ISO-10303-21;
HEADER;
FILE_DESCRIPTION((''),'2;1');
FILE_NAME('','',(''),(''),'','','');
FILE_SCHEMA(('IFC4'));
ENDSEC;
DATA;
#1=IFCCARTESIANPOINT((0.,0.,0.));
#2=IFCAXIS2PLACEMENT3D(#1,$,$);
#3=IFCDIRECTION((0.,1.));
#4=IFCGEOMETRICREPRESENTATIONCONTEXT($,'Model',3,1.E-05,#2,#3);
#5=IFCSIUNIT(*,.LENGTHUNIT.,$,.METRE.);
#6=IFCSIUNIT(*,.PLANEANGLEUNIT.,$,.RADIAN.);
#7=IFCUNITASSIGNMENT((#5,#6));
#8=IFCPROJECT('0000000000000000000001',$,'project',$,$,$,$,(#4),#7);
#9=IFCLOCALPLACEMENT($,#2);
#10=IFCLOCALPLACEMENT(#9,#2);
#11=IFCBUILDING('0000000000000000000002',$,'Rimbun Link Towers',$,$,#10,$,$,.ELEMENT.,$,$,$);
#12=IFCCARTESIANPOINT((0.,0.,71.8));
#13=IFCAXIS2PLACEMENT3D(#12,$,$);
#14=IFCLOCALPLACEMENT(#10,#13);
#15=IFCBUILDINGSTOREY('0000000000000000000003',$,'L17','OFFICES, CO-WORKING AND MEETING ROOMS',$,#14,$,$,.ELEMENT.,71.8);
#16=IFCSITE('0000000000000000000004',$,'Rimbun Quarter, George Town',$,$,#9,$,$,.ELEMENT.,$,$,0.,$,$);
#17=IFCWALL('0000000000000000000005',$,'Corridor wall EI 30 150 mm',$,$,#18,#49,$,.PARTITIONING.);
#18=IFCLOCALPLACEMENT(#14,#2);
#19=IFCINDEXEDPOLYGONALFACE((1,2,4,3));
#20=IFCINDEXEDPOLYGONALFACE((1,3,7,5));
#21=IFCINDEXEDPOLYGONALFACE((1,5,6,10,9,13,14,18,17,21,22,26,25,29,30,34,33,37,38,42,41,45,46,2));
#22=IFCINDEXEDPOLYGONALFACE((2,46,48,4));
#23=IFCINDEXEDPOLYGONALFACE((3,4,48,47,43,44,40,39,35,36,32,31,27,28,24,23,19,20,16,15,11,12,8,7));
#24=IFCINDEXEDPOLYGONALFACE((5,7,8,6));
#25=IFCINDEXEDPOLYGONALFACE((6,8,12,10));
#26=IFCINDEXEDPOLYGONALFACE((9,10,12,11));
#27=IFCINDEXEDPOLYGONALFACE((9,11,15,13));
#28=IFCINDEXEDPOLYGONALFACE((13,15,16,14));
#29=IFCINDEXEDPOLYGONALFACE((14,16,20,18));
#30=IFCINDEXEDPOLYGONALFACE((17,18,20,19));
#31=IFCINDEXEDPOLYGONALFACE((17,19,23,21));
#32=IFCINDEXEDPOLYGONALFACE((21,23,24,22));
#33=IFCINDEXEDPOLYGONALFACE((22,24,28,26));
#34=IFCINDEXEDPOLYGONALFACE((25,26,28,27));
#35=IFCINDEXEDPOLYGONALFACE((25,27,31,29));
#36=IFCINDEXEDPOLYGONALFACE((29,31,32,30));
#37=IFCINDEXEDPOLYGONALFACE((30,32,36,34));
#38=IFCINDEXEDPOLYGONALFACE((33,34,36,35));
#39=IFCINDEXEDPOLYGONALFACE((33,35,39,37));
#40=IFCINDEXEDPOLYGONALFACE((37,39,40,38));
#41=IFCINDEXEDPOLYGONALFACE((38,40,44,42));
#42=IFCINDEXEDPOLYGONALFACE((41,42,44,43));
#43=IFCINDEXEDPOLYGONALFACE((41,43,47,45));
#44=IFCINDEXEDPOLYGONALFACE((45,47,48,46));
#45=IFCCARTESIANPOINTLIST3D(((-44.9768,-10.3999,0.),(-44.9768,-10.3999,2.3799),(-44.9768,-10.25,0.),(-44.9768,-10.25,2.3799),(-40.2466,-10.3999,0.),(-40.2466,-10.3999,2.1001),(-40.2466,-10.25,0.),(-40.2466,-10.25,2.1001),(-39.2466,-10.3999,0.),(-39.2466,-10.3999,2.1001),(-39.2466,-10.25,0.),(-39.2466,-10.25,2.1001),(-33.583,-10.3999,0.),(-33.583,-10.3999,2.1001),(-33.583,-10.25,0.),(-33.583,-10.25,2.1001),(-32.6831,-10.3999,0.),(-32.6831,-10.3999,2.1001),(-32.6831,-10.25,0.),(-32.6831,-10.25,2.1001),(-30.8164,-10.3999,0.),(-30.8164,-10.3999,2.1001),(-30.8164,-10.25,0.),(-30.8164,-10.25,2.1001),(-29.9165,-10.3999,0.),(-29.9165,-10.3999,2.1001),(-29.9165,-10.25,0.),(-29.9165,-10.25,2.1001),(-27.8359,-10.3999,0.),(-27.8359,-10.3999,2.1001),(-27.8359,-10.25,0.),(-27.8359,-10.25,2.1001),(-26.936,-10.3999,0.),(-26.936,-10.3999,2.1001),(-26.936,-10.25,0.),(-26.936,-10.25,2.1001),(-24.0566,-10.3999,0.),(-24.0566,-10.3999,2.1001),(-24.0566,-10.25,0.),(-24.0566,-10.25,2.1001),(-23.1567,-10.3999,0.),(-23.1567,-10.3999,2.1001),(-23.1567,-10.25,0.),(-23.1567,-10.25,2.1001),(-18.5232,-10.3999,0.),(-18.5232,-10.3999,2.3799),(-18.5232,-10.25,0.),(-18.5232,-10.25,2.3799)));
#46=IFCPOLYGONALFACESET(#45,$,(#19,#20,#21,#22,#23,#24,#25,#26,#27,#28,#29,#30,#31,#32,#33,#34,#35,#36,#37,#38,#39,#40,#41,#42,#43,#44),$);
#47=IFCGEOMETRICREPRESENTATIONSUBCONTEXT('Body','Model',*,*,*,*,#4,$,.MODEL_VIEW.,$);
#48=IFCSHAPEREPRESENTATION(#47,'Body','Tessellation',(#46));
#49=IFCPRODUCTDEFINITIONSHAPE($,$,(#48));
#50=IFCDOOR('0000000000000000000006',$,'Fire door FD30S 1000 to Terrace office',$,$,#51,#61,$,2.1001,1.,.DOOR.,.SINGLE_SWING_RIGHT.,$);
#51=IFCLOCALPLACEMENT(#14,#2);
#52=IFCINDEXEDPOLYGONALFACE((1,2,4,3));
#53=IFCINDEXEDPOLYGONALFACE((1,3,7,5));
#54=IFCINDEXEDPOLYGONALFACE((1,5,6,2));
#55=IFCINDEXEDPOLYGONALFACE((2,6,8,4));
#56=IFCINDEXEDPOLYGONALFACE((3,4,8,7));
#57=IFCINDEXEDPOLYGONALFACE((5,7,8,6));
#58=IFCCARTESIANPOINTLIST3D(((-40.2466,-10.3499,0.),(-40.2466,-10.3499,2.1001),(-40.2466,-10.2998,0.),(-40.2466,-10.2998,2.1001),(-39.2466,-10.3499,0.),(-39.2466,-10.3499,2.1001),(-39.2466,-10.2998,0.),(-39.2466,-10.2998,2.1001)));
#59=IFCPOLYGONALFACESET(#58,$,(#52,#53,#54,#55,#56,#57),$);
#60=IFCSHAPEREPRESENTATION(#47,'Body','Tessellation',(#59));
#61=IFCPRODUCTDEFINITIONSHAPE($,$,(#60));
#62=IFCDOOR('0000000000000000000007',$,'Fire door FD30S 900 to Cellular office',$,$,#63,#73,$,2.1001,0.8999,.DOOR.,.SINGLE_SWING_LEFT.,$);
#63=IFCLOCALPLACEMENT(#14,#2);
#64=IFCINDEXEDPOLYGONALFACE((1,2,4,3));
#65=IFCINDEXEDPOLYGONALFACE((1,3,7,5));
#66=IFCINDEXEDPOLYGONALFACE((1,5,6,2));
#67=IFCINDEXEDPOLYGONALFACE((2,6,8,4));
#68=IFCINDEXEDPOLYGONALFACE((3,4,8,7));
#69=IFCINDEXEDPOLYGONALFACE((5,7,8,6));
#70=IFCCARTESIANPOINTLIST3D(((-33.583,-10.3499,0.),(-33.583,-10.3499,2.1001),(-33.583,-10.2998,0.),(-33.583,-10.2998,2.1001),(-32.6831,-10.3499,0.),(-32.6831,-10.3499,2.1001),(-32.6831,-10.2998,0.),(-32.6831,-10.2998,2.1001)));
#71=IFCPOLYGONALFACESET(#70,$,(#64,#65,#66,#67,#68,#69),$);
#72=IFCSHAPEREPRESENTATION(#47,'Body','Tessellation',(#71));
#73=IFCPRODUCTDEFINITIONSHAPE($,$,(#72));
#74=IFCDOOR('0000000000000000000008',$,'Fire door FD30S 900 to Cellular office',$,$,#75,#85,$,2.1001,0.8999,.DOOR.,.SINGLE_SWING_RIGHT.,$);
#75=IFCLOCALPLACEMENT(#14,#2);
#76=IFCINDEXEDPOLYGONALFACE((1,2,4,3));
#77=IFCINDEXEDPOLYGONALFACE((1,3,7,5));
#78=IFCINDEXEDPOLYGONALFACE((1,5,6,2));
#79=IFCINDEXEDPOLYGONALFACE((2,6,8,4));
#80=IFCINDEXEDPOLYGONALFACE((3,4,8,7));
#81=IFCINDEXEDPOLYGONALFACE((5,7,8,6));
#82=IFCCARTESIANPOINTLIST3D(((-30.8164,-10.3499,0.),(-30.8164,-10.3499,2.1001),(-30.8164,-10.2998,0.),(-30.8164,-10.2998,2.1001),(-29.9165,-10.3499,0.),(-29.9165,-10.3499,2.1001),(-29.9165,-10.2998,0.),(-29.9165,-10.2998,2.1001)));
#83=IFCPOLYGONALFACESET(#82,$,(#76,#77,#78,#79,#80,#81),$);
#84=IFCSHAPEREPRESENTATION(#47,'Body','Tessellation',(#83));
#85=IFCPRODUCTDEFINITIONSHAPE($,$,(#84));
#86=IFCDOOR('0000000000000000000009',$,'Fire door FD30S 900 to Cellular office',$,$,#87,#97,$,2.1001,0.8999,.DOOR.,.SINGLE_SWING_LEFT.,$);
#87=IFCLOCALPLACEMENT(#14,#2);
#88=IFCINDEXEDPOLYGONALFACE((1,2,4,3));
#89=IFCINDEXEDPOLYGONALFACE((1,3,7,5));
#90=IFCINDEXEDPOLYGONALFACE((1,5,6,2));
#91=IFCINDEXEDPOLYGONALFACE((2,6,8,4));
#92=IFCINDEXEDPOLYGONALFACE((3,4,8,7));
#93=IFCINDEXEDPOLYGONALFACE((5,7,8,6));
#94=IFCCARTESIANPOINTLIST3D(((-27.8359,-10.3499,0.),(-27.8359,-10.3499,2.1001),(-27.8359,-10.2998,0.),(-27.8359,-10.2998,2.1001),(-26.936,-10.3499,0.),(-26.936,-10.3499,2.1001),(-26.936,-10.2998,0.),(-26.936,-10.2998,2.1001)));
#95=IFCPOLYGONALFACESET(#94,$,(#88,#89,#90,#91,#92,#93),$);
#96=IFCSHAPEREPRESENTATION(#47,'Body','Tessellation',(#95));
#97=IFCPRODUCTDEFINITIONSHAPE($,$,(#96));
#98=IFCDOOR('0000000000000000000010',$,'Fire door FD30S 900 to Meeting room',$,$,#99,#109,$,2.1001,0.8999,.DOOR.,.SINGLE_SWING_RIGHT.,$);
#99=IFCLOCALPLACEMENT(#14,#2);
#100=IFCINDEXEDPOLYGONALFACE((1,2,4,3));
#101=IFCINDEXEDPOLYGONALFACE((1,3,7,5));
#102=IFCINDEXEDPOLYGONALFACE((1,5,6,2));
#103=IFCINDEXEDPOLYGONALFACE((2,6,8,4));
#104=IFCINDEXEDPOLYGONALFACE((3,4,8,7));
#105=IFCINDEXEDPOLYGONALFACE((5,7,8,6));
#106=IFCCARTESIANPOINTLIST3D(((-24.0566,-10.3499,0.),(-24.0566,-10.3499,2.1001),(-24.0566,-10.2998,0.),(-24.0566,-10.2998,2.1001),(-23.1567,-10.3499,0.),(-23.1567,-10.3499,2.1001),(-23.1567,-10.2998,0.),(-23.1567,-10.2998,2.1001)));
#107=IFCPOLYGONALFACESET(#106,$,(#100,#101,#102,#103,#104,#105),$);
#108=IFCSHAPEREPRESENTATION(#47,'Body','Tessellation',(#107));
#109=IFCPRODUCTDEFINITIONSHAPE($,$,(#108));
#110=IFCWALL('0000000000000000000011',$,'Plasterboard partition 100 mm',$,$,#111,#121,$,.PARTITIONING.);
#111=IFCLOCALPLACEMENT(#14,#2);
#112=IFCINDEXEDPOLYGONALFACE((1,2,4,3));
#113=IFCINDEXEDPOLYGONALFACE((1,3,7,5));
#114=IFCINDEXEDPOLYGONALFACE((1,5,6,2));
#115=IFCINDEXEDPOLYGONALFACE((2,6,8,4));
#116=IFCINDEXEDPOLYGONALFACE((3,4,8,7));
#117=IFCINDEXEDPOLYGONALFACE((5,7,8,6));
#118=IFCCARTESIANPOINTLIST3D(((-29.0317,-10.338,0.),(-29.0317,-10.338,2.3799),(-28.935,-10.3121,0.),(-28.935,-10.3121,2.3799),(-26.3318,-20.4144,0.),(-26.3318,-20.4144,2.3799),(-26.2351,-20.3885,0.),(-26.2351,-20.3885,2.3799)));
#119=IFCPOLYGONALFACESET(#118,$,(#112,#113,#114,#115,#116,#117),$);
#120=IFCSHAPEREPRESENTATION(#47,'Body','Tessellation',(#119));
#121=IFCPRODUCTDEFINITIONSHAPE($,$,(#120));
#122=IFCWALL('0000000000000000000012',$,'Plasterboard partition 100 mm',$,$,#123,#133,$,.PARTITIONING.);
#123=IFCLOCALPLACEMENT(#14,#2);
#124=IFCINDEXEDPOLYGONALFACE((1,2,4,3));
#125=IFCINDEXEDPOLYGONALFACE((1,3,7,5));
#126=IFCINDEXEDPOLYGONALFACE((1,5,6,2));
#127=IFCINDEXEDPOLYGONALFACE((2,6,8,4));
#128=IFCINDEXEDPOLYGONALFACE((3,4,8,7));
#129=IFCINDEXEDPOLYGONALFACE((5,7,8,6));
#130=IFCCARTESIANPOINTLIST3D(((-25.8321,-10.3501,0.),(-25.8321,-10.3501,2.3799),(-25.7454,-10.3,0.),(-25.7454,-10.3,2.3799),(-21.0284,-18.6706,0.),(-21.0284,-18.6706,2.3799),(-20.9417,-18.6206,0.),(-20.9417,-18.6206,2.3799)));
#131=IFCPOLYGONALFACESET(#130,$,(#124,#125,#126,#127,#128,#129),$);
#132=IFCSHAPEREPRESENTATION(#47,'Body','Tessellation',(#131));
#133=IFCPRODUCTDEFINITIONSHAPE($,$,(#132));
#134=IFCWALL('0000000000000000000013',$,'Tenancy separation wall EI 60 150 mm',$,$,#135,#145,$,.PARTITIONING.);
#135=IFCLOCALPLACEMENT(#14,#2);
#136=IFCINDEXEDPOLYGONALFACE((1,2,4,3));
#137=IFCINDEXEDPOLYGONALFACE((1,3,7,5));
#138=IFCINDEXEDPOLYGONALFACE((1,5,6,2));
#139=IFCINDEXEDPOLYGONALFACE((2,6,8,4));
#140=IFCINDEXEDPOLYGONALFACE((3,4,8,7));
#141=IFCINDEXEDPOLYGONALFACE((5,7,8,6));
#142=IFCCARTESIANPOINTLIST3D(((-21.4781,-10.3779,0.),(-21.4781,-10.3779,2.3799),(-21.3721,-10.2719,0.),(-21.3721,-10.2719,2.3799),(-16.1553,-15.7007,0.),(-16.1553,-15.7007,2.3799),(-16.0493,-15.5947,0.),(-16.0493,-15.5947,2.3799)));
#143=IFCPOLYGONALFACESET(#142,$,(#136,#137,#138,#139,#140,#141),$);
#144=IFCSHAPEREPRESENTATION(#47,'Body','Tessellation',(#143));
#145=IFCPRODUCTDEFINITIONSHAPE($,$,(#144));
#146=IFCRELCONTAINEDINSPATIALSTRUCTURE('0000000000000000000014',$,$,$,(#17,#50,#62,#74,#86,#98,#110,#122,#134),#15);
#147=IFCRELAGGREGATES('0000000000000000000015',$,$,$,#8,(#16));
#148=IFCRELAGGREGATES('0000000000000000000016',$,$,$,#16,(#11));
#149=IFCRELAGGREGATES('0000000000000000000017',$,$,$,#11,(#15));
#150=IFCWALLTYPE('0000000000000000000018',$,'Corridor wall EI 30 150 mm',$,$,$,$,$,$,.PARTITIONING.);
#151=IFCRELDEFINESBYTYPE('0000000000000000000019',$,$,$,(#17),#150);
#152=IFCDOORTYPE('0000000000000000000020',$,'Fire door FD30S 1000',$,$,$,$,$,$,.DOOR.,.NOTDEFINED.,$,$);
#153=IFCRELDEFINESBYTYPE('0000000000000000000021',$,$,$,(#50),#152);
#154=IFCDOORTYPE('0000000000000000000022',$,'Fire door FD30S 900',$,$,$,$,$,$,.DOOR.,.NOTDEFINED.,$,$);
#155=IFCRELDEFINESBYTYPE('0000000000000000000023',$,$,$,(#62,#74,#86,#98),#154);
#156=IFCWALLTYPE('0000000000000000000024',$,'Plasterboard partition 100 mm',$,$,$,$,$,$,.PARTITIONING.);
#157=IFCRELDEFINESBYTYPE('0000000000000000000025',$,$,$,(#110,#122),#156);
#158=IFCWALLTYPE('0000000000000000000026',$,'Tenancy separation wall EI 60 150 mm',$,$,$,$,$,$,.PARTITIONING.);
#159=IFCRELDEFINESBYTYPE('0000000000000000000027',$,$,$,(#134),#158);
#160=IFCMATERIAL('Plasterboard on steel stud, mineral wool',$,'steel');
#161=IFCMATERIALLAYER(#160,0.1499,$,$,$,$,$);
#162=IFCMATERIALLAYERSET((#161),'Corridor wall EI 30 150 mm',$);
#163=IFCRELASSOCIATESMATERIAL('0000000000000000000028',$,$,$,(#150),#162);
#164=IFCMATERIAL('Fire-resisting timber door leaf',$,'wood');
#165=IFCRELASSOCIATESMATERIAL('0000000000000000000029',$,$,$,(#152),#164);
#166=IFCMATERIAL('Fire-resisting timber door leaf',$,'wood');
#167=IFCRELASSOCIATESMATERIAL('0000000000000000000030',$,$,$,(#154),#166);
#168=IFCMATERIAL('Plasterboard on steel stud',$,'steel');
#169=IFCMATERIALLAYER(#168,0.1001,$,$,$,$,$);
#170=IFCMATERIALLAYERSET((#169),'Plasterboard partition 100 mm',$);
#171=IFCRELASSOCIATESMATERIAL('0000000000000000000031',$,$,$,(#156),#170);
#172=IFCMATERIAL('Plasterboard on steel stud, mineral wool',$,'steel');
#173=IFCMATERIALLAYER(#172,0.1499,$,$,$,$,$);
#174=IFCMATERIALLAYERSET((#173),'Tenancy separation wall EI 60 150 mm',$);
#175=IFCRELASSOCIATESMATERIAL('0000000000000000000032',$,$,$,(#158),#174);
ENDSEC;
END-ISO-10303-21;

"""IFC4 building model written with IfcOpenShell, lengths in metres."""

from ifc_helpers import new_model, si_unit, direction, frame, frame_2d, origin, place, context, subcontext, project, spatial, rectangle, extrude, material, layer, layer_set, type_object, element, fill, save


model = new_model("IFC4")

# Units and contexts
model_context = context("Model", 3, precision=1e-05, world=origin(), true_north=direction((0.0, 1.0)))
body_context = subcontext(model_context, "Body", "Model", "MODEL_VIEW")
ifc_project = project(units=[si_unit("LENGTHUNIT", "METRE"), si_unit("PLANEANGLEUNIT", "RADIAN")], contexts=[model_context])

# Site, building, storey
site_placement = place(None, origin())
site = spatial("IfcSite", under=ifc_project, at=site_placement, Name="Rimbun Quarter, George Town", CompositionType="ELEMENT", RefElevation=0.0)
building_placement = place(site_placement, origin())
building = spatial("IfcBuilding", under=site, at=building_placement, Name="Rimbun Link Towers", CompositionType="ELEMENT")
storey_placement = place(building_placement, frame((0.0, 0.0, 71.8)))
storey = spatial("IfcBuildingStorey", under=building, at=storey_placement, Name="L17", Description="OFFICES, CO-WORKING AND MEETING ROOMS", CompositionType="ELEMENT", Elevation=71.8)

# Shared definitions
ifc_material_1 = material(Name="Plasterboard on steel stud, mineral wool", Category="steel")
ifc_layer_1 = layer(ifc_material_1, 0.1499)
ifc_layer_set_1 = layer_set([ifc_layer_1], Name="Corridor wall EI 30 150 mm")
wall_type_1 = type_object("IfcWallType", Name="Corridor wall EI 30 150 mm", PredefinedType="PARTITIONING", material=ifc_layer_set_1)

# Wall, openings, doors
wall_1_placement = place(storey_placement, frame((-18.5232, -10.325, 0.0), z_axis=(0.0, 0.0, 1.0), x_axis=(-1.0, 0.0, 0.0)))
wall_1 = element("IfcWall", 1, at=wall_1_placement, inside=storey, type_object=wall_type_1, Name="Corridor wall EI 30 150 mm", PredefinedType="PARTITIONING", context=body_context, shape_type="SweptSolid", body=[
    extrude(rectangle(XDim=26.4536, YDim=0.1499, at=frame_2d((13.2268, 0.0))), origin(), (0.0, 0.0, 1.0), 2.3799),
])
opening_1_placement = place(wall_1_placement, frame((14.1599, 0.0, 0.0)))
opening_1 = element("IfcOpeningElement", 2, at=opening_1_placement, cuts=wall_1, PredefinedType="OPENING", context=body_context, shape_type="SweptSolid", body=[
    extrude(rectangle(XDim=0.8999, YDim=2.1001, at=frame_2d((0.45, 1.05))), frame((0.0, 0.085, 0.0), z_axis=(0.0, -1.0, 0.0), x_axis=(1.0, 0.0, 0.0)), (0.0, 0.0, 1.0), 0.1699),
])
opening_2_placement = place(wall_1_placement, frame((11.3933, 0.0, 0.0)))
opening_2 = element("IfcOpeningElement", 3, at=opening_2_placement, cuts=wall_1, PredefinedType="OPENING", context=body_context, shape_type="SweptSolid", body=[
    extrude(rectangle(XDim=0.8999, YDim=2.1001, at=frame_2d((0.45, 1.05))), frame((0.0, 0.085, 0.0), z_axis=(0.0, -1.0, 0.0), x_axis=(1.0, 0.0, 0.0)), (0.0, 0.0, 1.0), 0.1699),
])
opening_3_placement = place(wall_1_placement, frame((8.4128, 0.0, 0.0)))
opening_3 = element("IfcOpeningElement", 4, at=opening_3_placement, cuts=wall_1, PredefinedType="OPENING", context=body_context, shape_type="SweptSolid", body=[
    extrude(rectangle(XDim=0.8999, YDim=2.1001, at=frame_2d((0.45, 1.05))), frame((0.0, 0.085, 0.0), z_axis=(0.0, -1.0, 0.0), x_axis=(1.0, 0.0, 0.0)), (0.0, 0.0, 1.0), 0.1699),
])
opening_4_placement = place(wall_1_placement, frame((4.6335, 0.0, 0.0)))
opening_4 = element("IfcOpeningElement", 5, at=opening_4_placement, cuts=wall_1, PredefinedType="OPENING", context=body_context, shape_type="SweptSolid", body=[
    extrude(rectangle(XDim=0.8999, YDim=2.1001, at=frame_2d((0.45, 1.05))), frame((0.0, 0.085, 0.0), z_axis=(0.0, -1.0, 0.0), x_axis=(1.0, 0.0, 0.0)), (0.0, 0.0, 1.0), 0.1699),
])
opening_5_placement = place(wall_1_placement, frame((20.7234, 0.0, 0.0)))
opening_5 = element("IfcOpeningElement", 6, at=opening_5_placement, cuts=wall_1, PredefinedType="OPENING", context=body_context, shape_type="SweptSolid", body=[
    extrude(rectangle(XDim=1.0, YDim=2.1001, at=frame_2d((0.5, 1.05))), frame((0.0, 0.085, 0.0), z_axis=(0.0, -1.0, 0.0), x_axis=(1.0, 0.0, 0.0)), (0.0, 0.0, 1.0), 0.1699),
])
ifc_material_2 = material(Name="Fire-resisting timber door leaf", Category="wood")
door_type_1 = type_object("IfcDoorType", Name="Fire door FD30S 1000", OperationType="NOTDEFINED", PredefinedType="DOOR", material=ifc_material_2)
door_1_placement = place(opening_5_placement, origin())
door_1 = element("IfcDoor", 7, at=door_1_placement, inside=storey, type_object=door_type_1, Name="Fire door FD30S 1000 to Terrace office", OperationType="SINGLE_SWING_RIGHT", OverallHeight=2.1001, OverallWidth=1.0, PredefinedType="DOOR", context=body_context, shape_type="SweptSolid", body=[
    extrude(rectangle(XDim=1.0, YDim=2.1001, at=frame_2d((0.5, 1.05))), frame((0.0, 0.0249, 0.0), z_axis=(0.0, -1.0, 0.0), x_axis=(1.0, 0.0, 0.0)), (0.0, 0.0, 1.0), 0.05),
])
fill(opening_5, door_1)
ifc_material_3 = material(Name="Fire-resisting timber door leaf", Category="wood")
door_type_2 = type_object("IfcDoorType", Name="Fire door FD30S 900", OperationType="NOTDEFINED", PredefinedType="DOOR", material=ifc_material_3)
door_2_placement = place(opening_1_placement, origin())
door_2 = element("IfcDoor", 8, at=door_2_placement, inside=storey, type_object=door_type_2, Name="Fire door FD30S 900 to Cellular office", OperationType="SINGLE_SWING_LEFT", OverallHeight=2.1001, OverallWidth=0.8999, PredefinedType="DOOR", context=body_context, shape_type="SweptSolid", body=[
    extrude(rectangle(XDim=0.8999, YDim=2.1001, at=frame_2d((0.45, 1.05))), frame((0.0, 0.0249, 0.0), z_axis=(0.0, -1.0, 0.0), x_axis=(1.0, 0.0, 0.0)), (0.0, 0.0, 1.0), 0.05),
])
fill(opening_1, door_2)
door_3_placement = place(opening_2_placement, origin())
door_3 = element("IfcDoor", 9, at=door_3_placement, inside=storey, type_object=door_type_2, Name="Fire door FD30S 900 to Cellular office", OperationType="SINGLE_SWING_RIGHT", OverallHeight=2.1001, OverallWidth=0.8999, PredefinedType="DOOR", context=body_context, shape_type="SweptSolid", body=[
    extrude(rectangle(XDim=0.8999, YDim=2.1001, at=frame_2d((0.45, 1.05))), frame((0.0, 0.0249, 0.0), z_axis=(0.0, -1.0, 0.0), x_axis=(1.0, 0.0, 0.0)), (0.0, 0.0, 1.0), 0.05),
])
fill(opening_2, door_3)
door_4_placement = place(opening_3_placement, origin())
door_4 = element("IfcDoor", 10, at=door_4_placement, inside=storey, type_object=door_type_2, Name="Fire door FD30S 900 to Cellular office", OperationType="SINGLE_SWING_LEFT", OverallHeight=2.1001, OverallWidth=0.8999, PredefinedType="DOOR", context=body_context, shape_type="SweptSolid", body=[
    extrude(rectangle(XDim=0.8999, YDim=2.1001, at=frame_2d((0.45, 1.05))), frame((0.0, 0.0249, 0.0), z_axis=(0.0, -1.0, 0.0), x_axis=(1.0, 0.0, 0.0)), (0.0, 0.0, 1.0), 0.05),
])
fill(opening_3, door_4)
door_5_placement = place(opening_4_placement, origin())
door_5 = element("IfcDoor", 11, at=door_5_placement, inside=storey, type_object=door_type_2, Name="Fire door FD30S 900 to Meeting room", OperationType="SINGLE_SWING_RIGHT", OverallHeight=2.1001, OverallWidth=0.8999, PredefinedType="DOOR", context=body_context, shape_type="SweptSolid", body=[
    extrude(rectangle(XDim=0.8999, YDim=2.1001, at=frame_2d((0.45, 1.05))), frame((0.0, 0.0249, 0.0), z_axis=(0.0, -1.0, 0.0), x_axis=(1.0, 0.0, 0.0)), (0.0, 0.0, 1.0), 0.05),
])
fill(opening_4, door_5)

# Walls
ifc_material_4 = material(Name="Plasterboard on steel stud", Category="steel")
ifc_layer_2 = layer(ifc_material_4, 0.1001)
ifc_layer_set_2 = layer_set([ifc_layer_2], Name="Plasterboard partition 100 mm")
wall_type_2 = type_object("IfcWallType", Name="Plasterboard partition 100 mm", PredefinedType="PARTITIONING", material=ifc_layer_set_2)
wall_2_placement = place(storey_placement, frame((-26.2834, -20.4014, 0.0), z_axis=(0.0, 0.0, 1.0), x_axis=(-0.258818, 0.965926, 0.0)))
element("IfcWall", 12, at=wall_2_placement, inside=storey, type_object=wall_type_2, Name="Plasterboard partition 100 mm", PredefinedType="PARTITIONING", context=body_context, shape_type="SweptSolid", body=[
    extrude(rectangle(XDim=10.4319, YDim=0.1001, at=frame_2d((5.2158, 0.0))), origin(), (0.0, 0.0, 1.0), 2.3799),
])
wall_3_placement = place(storey_placement, frame((-20.9851, -18.6455, 0.0), z_axis=(0.0, 0.0, 1.0), x_axis=(-0.499987, 0.866033, 0.0)))
element("IfcWall", 13, at=wall_3_placement, inside=storey, type_object=wall_type_2, Name="Plasterboard partition 100 mm", PredefinedType="PARTITIONING", context=body_context, shape_type="SweptSolid", body=[
    extrude(rectangle(XDim=9.6077, YDim=0.1001, at=frame_2d((4.8037, 0.0))), origin(), (0.0, 0.0, 1.0), 2.3799),
])
ifc_material_5 = material(Name="Plasterboard on steel stud, mineral wool", Category="steel")
ifc_layer_3 = layer(ifc_material_5, 0.1499)
ifc_layer_set_3 = layer_set([ifc_layer_3], Name="Tenancy separation wall EI 60 150 mm")
wall_type_3 = type_object("IfcWallType", Name="Tenancy separation wall EI 60 150 mm", PredefinedType="PARTITIONING", material=ifc_layer_set_3)
wall_4_placement = place(storey_placement, frame((-21.425, -10.325, 0.0), z_axis=(0.0, 0.0, 1.0), x_axis=(0.707107, -0.707107, 0.0)))
element("IfcWall", 14, at=wall_4_placement, inside=storey, type_object=wall_type_3, Name="Tenancy separation wall EI 60 150 mm", PredefinedType="PARTITIONING", context=body_context, shape_type="SweptSolid", body=[
    extrude(rectangle(XDim=7.5276, YDim=0.1499, at=frame_2d((3.7637, 0.0))), origin(), (0.0, 0.0, 1.0), 2.3799),
])

save(model, "model.ifc")
